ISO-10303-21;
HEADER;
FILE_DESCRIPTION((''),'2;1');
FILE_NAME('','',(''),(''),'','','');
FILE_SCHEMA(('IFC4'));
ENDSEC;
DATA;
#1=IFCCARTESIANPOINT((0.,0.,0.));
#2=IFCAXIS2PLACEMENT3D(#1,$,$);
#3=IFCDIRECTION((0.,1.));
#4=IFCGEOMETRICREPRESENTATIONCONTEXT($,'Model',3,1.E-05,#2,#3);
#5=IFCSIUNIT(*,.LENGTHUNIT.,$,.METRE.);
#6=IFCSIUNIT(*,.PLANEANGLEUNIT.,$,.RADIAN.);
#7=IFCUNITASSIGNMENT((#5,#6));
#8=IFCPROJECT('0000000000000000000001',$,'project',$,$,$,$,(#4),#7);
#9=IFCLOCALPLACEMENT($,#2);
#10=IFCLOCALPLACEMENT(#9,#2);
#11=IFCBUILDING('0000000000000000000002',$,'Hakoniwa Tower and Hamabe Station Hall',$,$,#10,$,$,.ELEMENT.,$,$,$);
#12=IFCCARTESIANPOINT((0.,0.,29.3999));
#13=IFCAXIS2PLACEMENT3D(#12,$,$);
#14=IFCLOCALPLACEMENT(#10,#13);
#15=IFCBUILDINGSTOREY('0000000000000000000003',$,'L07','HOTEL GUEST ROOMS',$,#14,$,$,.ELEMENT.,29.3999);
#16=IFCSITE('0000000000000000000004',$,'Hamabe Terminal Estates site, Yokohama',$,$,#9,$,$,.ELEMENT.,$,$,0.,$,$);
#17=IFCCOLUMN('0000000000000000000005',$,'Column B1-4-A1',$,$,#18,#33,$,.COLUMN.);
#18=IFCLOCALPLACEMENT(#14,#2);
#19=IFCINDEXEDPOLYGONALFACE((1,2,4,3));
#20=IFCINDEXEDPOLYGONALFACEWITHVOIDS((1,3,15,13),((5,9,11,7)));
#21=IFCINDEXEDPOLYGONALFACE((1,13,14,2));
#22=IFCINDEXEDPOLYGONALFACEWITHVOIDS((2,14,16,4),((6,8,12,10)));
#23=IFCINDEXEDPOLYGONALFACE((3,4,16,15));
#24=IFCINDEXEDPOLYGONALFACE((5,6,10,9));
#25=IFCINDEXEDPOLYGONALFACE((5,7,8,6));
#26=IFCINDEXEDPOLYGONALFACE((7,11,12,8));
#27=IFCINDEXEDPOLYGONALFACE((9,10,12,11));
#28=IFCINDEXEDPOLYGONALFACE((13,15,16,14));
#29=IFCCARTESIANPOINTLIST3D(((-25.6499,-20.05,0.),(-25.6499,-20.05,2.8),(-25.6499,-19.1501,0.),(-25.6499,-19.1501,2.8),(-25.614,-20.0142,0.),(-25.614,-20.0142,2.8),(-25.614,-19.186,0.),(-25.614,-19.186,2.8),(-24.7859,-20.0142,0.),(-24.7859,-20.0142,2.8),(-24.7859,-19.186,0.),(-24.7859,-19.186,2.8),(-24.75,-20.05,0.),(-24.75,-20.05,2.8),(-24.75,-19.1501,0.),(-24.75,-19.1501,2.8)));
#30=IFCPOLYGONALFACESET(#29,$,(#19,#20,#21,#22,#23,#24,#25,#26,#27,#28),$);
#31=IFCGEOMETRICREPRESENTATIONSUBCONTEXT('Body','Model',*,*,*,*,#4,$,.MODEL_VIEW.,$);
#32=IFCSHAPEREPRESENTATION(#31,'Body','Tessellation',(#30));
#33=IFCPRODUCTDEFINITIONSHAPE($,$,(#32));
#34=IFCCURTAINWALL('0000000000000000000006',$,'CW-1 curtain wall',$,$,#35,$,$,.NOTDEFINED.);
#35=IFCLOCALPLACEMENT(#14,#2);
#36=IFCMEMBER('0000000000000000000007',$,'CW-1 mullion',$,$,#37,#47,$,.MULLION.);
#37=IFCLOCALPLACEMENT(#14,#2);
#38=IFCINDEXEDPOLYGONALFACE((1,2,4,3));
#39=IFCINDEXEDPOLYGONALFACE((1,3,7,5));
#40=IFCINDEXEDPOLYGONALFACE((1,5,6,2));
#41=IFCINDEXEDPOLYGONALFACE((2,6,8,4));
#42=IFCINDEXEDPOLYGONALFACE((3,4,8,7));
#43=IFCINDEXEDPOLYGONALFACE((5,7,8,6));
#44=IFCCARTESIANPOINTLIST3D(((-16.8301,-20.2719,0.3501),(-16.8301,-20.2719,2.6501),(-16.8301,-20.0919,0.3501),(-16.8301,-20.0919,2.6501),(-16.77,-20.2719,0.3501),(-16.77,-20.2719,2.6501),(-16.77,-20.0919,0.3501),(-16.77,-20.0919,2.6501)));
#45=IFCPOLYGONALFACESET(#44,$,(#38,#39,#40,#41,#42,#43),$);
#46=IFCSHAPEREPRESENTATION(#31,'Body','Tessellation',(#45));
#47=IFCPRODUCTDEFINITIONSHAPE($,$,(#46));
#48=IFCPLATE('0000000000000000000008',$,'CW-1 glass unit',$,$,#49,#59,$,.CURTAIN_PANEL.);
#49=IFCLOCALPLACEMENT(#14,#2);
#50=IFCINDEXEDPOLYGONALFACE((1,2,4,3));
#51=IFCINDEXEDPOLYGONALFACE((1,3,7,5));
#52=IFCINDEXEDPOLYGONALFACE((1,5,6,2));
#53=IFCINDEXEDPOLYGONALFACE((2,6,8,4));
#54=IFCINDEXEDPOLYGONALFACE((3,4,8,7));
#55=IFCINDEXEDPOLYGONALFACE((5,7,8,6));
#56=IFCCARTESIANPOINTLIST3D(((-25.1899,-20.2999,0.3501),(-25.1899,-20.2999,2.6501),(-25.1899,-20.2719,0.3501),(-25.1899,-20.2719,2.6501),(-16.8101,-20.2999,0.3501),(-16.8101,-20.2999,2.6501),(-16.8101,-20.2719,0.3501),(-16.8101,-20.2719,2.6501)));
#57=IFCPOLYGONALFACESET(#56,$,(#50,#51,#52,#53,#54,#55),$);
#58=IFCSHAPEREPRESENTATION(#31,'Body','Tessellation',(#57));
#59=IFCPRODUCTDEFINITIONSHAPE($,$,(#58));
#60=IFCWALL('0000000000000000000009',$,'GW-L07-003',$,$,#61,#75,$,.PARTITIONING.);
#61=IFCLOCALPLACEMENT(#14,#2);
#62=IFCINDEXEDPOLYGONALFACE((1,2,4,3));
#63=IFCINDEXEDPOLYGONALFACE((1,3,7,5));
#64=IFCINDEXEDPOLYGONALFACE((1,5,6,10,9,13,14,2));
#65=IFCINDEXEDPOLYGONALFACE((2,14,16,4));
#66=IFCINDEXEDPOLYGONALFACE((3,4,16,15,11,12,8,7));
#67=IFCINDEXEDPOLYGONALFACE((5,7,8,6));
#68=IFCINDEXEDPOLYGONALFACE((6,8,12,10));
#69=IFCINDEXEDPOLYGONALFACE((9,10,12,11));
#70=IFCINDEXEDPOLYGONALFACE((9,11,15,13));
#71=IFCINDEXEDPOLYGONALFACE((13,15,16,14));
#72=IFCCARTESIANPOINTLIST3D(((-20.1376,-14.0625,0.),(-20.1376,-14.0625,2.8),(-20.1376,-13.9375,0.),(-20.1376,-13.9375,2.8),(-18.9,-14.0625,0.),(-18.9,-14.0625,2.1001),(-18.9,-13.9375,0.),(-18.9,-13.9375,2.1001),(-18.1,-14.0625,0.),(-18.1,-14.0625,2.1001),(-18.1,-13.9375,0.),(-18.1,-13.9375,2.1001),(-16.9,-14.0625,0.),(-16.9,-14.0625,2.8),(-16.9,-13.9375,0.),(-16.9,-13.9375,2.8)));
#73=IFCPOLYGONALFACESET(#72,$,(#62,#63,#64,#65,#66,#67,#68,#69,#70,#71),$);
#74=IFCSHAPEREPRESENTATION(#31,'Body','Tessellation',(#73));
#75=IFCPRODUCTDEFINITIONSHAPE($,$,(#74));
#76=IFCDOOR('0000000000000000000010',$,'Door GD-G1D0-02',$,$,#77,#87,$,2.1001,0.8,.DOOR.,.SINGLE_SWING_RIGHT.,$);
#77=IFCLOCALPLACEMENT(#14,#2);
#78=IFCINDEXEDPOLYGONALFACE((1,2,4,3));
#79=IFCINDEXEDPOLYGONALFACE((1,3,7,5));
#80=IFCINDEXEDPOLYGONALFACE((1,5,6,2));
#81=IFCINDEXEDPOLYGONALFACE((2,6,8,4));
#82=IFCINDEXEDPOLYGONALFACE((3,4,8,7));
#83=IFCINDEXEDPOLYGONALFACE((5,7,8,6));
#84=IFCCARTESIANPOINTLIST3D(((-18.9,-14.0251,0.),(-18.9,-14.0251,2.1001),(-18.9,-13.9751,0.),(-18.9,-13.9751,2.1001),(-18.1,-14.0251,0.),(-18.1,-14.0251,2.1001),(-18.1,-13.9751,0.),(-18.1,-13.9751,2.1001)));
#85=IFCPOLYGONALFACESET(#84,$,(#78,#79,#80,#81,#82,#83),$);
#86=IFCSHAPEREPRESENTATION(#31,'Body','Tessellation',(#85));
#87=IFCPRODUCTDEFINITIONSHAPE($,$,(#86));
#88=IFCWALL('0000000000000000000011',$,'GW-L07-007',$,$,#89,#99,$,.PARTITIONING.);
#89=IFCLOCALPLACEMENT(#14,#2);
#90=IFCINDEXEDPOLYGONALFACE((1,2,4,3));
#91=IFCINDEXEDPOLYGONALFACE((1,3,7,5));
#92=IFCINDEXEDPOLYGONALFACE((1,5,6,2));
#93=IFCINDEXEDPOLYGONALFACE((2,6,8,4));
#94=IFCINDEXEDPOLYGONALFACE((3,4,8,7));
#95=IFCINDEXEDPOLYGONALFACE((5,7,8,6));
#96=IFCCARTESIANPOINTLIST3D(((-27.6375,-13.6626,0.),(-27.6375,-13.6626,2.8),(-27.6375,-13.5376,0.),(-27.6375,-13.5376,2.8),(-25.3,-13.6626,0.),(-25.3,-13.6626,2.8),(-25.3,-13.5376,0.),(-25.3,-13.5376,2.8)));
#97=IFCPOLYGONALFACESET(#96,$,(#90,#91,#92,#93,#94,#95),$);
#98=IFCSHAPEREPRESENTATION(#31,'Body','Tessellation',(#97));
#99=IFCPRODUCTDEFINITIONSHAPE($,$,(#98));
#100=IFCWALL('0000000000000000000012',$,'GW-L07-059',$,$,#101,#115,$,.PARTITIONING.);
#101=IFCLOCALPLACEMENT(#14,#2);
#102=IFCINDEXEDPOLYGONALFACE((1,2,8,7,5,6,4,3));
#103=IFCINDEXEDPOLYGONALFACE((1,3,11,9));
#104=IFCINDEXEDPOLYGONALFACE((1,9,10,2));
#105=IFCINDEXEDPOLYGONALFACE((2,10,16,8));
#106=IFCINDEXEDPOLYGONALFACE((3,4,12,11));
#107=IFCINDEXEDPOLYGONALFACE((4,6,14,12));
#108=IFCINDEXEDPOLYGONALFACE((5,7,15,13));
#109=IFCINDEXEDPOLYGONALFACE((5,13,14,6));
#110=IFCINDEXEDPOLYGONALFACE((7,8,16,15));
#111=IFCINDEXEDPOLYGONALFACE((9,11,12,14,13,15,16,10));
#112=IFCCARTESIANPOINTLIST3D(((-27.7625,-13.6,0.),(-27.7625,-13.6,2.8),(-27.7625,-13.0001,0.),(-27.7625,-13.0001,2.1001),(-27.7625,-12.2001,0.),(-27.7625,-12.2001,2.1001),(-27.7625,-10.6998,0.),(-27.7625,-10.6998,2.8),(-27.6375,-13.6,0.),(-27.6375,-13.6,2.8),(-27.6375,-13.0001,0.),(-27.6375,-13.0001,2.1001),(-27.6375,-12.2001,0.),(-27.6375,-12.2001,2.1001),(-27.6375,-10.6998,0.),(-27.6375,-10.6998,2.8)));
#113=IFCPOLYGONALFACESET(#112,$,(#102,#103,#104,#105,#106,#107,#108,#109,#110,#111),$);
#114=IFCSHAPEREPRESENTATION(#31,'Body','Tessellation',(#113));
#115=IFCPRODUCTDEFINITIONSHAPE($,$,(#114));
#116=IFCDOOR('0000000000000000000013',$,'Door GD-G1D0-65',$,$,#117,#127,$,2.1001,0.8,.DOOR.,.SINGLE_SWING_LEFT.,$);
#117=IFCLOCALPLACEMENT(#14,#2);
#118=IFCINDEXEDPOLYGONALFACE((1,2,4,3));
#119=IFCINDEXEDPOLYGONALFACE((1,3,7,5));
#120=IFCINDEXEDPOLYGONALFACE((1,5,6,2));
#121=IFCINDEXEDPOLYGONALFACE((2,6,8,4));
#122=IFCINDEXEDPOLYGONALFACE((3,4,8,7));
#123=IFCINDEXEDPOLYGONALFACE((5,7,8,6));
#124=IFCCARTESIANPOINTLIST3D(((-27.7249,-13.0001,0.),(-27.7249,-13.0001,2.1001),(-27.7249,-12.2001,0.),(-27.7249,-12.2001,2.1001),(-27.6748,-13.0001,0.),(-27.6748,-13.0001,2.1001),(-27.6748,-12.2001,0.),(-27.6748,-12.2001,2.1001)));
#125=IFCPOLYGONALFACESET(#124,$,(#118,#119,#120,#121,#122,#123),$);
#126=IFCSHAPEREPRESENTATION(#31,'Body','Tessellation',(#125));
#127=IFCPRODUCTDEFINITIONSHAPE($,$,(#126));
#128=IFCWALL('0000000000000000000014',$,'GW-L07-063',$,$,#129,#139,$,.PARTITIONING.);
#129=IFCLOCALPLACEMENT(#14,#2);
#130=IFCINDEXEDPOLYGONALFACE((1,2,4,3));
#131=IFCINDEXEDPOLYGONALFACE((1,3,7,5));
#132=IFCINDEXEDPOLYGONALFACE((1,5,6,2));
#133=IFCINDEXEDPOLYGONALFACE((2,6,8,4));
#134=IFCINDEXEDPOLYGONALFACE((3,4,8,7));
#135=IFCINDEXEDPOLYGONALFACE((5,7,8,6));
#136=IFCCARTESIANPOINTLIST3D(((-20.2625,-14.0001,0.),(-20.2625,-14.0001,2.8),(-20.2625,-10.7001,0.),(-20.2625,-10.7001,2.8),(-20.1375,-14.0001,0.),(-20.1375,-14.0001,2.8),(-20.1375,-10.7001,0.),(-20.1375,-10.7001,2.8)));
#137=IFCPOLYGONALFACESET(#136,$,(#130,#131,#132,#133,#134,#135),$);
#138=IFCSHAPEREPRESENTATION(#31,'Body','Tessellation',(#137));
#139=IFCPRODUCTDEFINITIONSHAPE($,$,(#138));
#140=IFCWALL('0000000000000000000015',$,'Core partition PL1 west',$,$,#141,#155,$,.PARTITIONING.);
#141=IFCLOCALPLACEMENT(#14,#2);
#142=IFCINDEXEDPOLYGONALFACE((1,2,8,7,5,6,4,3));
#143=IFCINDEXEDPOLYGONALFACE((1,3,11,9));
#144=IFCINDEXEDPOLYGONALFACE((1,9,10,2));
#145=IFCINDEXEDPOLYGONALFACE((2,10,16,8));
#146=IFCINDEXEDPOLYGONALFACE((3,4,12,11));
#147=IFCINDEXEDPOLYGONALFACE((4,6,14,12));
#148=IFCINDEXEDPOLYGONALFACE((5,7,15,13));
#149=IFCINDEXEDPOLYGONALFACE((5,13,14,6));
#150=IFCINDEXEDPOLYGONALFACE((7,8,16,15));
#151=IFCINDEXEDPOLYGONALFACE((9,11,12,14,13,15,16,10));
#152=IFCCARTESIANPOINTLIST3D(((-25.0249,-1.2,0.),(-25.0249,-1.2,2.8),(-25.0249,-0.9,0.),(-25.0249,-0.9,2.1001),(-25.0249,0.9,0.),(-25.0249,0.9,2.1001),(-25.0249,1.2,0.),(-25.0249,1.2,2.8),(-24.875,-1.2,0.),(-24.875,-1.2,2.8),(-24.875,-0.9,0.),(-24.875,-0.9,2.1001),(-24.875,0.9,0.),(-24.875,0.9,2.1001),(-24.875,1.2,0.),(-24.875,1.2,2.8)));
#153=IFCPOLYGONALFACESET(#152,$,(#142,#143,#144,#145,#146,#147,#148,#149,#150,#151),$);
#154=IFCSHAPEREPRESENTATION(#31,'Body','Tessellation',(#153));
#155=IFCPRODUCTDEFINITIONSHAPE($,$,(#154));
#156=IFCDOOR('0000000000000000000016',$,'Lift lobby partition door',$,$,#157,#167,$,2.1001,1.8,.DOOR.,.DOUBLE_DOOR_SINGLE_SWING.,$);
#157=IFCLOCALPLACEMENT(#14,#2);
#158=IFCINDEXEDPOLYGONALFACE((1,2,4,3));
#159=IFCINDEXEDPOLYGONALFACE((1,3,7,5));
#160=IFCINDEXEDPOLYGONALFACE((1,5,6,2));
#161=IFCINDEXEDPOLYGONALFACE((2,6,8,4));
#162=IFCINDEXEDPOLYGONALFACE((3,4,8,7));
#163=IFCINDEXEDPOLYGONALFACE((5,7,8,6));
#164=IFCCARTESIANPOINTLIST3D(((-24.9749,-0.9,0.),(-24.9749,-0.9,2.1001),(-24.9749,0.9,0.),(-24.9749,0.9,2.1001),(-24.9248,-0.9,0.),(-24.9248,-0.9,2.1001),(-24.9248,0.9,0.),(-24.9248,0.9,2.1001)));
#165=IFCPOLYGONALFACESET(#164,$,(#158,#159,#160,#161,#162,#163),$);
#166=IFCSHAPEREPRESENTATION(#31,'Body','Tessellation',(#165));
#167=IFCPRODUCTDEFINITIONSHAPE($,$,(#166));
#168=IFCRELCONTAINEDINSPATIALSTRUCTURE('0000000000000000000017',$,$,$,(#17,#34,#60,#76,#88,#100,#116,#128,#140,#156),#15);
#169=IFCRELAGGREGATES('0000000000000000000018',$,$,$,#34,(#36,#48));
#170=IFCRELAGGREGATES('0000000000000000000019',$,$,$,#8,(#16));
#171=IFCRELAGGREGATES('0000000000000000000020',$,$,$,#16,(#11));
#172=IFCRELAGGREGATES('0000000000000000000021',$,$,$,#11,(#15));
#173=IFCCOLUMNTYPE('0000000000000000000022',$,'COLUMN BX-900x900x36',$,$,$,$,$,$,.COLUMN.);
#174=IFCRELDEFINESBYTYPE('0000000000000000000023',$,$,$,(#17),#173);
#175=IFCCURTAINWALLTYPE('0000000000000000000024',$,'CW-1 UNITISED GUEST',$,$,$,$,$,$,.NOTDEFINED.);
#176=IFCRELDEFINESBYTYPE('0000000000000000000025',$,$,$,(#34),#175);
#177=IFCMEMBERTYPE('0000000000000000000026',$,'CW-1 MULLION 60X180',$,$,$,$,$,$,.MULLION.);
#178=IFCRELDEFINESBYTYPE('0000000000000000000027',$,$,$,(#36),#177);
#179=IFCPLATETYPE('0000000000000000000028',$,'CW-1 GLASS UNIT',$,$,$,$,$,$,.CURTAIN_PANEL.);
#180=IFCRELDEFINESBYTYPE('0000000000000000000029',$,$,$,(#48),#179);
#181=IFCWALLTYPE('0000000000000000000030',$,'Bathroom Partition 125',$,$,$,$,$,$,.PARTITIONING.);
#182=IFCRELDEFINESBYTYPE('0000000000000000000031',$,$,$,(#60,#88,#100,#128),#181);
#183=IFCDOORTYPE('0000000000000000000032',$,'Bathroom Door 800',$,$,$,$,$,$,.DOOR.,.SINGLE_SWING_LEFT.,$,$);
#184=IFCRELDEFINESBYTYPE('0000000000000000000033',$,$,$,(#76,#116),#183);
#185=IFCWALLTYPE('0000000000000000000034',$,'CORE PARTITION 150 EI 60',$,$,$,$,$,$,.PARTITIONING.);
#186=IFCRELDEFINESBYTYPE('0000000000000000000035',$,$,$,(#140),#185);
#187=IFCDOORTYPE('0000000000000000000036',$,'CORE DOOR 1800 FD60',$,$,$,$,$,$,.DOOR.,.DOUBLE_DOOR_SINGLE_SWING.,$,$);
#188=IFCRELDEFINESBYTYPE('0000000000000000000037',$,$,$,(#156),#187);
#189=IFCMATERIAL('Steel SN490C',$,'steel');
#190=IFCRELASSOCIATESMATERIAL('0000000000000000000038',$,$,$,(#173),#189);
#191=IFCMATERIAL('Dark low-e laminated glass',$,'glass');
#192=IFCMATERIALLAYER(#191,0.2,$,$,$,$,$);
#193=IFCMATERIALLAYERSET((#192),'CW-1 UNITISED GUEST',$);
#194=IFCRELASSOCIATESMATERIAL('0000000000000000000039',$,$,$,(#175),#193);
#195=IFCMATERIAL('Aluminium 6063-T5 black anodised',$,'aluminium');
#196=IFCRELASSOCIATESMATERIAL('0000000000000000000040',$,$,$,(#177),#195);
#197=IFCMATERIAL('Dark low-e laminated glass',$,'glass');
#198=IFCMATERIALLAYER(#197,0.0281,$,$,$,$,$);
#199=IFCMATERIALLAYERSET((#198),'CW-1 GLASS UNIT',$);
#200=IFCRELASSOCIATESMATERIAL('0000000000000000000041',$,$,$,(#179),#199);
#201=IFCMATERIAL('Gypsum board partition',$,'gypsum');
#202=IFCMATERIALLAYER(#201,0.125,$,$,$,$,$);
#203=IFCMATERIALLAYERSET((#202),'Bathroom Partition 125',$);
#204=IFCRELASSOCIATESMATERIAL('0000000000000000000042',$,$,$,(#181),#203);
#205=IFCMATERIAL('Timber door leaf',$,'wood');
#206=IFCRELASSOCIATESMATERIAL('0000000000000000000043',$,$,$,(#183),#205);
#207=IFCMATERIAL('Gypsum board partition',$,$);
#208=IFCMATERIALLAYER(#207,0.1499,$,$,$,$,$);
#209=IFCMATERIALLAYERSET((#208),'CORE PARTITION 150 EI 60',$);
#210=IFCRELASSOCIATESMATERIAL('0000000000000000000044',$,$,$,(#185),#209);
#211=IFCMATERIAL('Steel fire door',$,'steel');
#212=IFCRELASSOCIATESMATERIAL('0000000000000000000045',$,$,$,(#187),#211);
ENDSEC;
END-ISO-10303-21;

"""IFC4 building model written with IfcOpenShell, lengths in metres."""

from ifc_helpers import new_model, si_unit, direction, frame, frame_2d, origin, origin_2d, place, context, subcontext, project, spatial, rectangle, hollow_rectangle, extrude, material, layer, layer_set, material_profile, profile_set, type_object, element, fill, aggregate, save


model = new_model("IFC4")

# Units and contexts
model_context = context("Model", 3, precision=1e-05, world=origin(), true_north=direction((0.0, 1.0)))
body_context = subcontext(model_context, "Body", "Model", "MODEL_VIEW")
ifc_project = project(units=[si_unit("LENGTHUNIT", "METRE"), si_unit("PLANEANGLEUNIT", "RADIAN")], contexts=[model_context])

# Site, building, storey
site_placement = place(None, origin())
site = spatial("IfcSite", under=ifc_project, at=site_placement, Name="Hamabe Terminal Estates site, Yokohama", CompositionType="ELEMENT", RefElevation=0.0)
building_placement = place(site_placement, origin())
building = spatial("IfcBuilding", under=site, at=building_placement, Name="Hakoniwa Tower and Hamabe Station Hall", CompositionType="ELEMENT")
storey_placement = place(building_placement, frame((0.0, 0.0, 29.3999)))
storey = spatial("IfcBuildingStorey", under=building, at=storey_placement, Name="L07", Description="HOTEL GUEST ROOMS", CompositionType="ELEMENT", Elevation=29.3999)

# Column
ifc_material_1 = material(Name="Steel SN490C", Category="steel")
ifc_material_profile_1 = material_profile(ifc_material_1, hollow_rectangle(XDim=0.8999, YDim=0.8999, WallThickness=0.0359, at=origin_2d()), Name="BX-900x900x36")
ifc_profile_set_1 = profile_set([ifc_material_profile_1], Name="Steel SN490C")
column_type = type_object("IfcColumnType", Name="COLUMN BX-900x900x36", PredefinedType="COLUMN", material=ifc_profile_set_1)
column_placement = place(storey_placement, frame((-25.2, -19.6001, 0.0), z_axis=(0.0, 0.0, 1.0), x_axis=(1.0, 0.0, 0.0)))
element("IfcColumn", 1, at=column_placement, inside=storey, type_object=column_type, Name="Column B1-4-A1", PredefinedType="COLUMN", context=body_context, shape_type="SweptSolid", body=[
    extrude(hollow_rectangle(XDim=0.8999, YDim=0.8999, WallThickness=0.0359, at=origin_2d()), origin(), (0.0, 0.0, 1.0), 2.8),
])

# Curtain wall, member, plate
ifc_material_2 = material(Name="Dark low-e laminated glass", Category="glass")
ifc_layer_1 = layer(ifc_material_2, 0.2)
ifc_layer_set_1 = layer_set([ifc_layer_1], Name="CW-1 UNITISED GUEST")
curtain_wall_type = type_object("IfcCurtainWallType", Name="CW-1 UNITISED GUEST", PredefinedType="NOTDEFINED", material=ifc_layer_set_1)
curtain_wall_placement = place(storey_placement, origin())
curtain_wall = element("IfcCurtainWall", 2, at=curtain_wall_placement, inside=storey, type_object=curtain_wall_type, Name="CW-1 curtain wall", PredefinedType="NOTDEFINED")
ifc_material_3 = material(Name="Aluminium 6063-T5 black anodised", Category="aluminium")
ifc_material_profile_2 = material_profile(ifc_material_3, rectangle(XDim=0.0601, YDim=0.1799, at=origin_2d()), Name="CW-1 MULLION 60X180")
ifc_profile_set_2 = profile_set([ifc_material_profile_2], Name="Aluminium 6063-T5 black anodised")
member_type = type_object("IfcMemberType", Name="CW-1 MULLION 60X180", PredefinedType="MULLION", material=ifc_profile_set_2)
member_placement = place(storey_placement, frame((-16.8, -20.1819, 0.3501), z_axis=(0.0, 0.0, 1.0), x_axis=(1.0, 0.0, 0.0)))
member = element("IfcMember", 3, at=member_placement, type_object=member_type, Name="CW-1 mullion", PredefinedType="MULLION", context=body_context, shape_type="SweptSolid", body=[
    extrude(rectangle(XDim=0.0601, YDim=0.1799, at=origin_2d()), origin(), (0.0, 0.0, 1.0), 2.3),
])
ifc_material_4 = material(Name="Dark low-e laminated glass", Category="glass")
ifc_layer_2 = layer(ifc_material_4, 0.0281)
ifc_layer_set_2 = layer_set([ifc_layer_2], Name="CW-1 GLASS UNIT")
plate_type = type_object("IfcPlateType", Name="CW-1 GLASS UNIT", PredefinedType="CURTAIN_PANEL", material=ifc_layer_set_2)
plate_placement = place(storey_placement, frame((-21.0, -20.2859, 0.3501), z_axis=(0.0, 0.0, 1.0), x_axis=(1.0, 0.0, 0.0)))
plate = element("IfcPlate", 4, at=plate_placement, type_object=plate_type, Name="CW-1 glass unit", PredefinedType="CURTAIN_PANEL", context=body_context, shape_type="SweptSolid", body=[
    extrude(rectangle(XDim=8.3799, YDim=0.0281, at=origin_2d()), origin(), (0.0, 0.0, 1.0), 2.3),
])
aggregate(curtain_wall, [member, plate])

# Wall, opening, door
ifc_material_5 = material(Name="Gypsum board partition", Category="gypsum")
ifc_layer_3 = layer(ifc_material_5, 0.125)
ifc_layer_set_3 = layer_set([ifc_layer_3], Name="Bathroom Partition 125")
wall_type_1 = type_object("IfcWallType", Name="Bathroom Partition 125", PredefinedType="PARTITIONING", material=ifc_layer_set_3)
wall_1_placement = place(storey_placement, frame((-20.1375, -14.0, 0.0), z_axis=(0.0, 0.0, 1.0), x_axis=(1.0, 0.0, 0.0)))
wall_1 = element("IfcWall", 5, at=wall_1_placement, inside=storey, type_object=wall_type_1, Name="GW-L07-003", PredefinedType="PARTITIONING", context=body_context, shape_type="SweptSolid", body=[
    extrude(rectangle(XDim=3.2375, YDim=0.125, at=frame_2d((1.6187, 0.0))), origin(), (0.0, 0.0, 1.0), 2.8),
])
opening_1_placement = place(wall_1_placement, frame((1.2375, 0.0, 0.0)))
opening_1 = element("IfcOpeningElement", 6, at=opening_1_placement, cuts=wall_1, PredefinedType="OPENING", context=body_context, shape_type="SweptSolid", body=[
    extrude(rectangle(XDim=0.8, YDim=2.1001, at=frame_2d((0.3999, 1.05))), frame((0.0, 0.0725, 0.0), z_axis=(0.0, -1.0, 0.0), x_axis=(1.0, 0.0, 0.0)), (0.0, 0.0, 1.0), 0.145),
])
ifc_material_6 = material(Name="Timber door leaf", Category="wood")
door_type_1 = type_object("IfcDoorType", Name="Bathroom Door 800", OperationType="SINGLE_SWING_LEFT", PredefinedType="DOOR", material=ifc_material_6)
door_1_placement = place(opening_1_placement, origin())
door_1 = element("IfcDoor", 7, at=door_1_placement, inside=storey, type_object=door_type_1, Name="Door GD-G1D0-02", OperationType="SINGLE_SWING_RIGHT", OverallHeight=2.1001, OverallWidth=0.8, PredefinedType="DOOR", context=body_context, shape_type="SweptSolid", body=[
    extrude(rectangle(XDim=0.8, YDim=2.1001, at=frame_2d((0.3999, 1.05))), frame((0.0, 0.0249, 0.0), z_axis=(0.0, -1.0, 0.0), x_axis=(1.0, 0.0, 0.0)), (0.0, 0.0, 1.0), 0.05),
])
fill(opening_1, door_1)

# Wall
wall_2_placement = place(storey_placement, frame((-27.6375, -13.6001, 0.0), z_axis=(0.0, 0.0, 1.0), x_axis=(1.0, 0.0, 0.0)))
element("IfcWall", 8, at=wall_2_placement, inside=storey, type_object=wall_type_1, Name="GW-L07-007", PredefinedType="PARTITIONING", context=body_context, shape_type="SweptSolid", body=[
    extrude(rectangle(XDim=2.3374, YDim=0.125, at=frame_2d((1.1687, 0.0))), origin(), (0.0, 0.0, 1.0), 2.8),
])

# Wall, opening, door
wall_3_placement = place(storey_placement, frame((-27.7, -13.6001, 0.0), z_axis=(0.0, 0.0, 1.0), x_axis=(0.0, 1.0, 0.0)))
wall_3 = element("IfcWall", 9, at=wall_3_placement, inside=storey, type_object=wall_type_1, Name="GW-L07-059", PredefinedType="PARTITIONING", context=body_context, shape_type="SweptSolid", body=[
    extrude(rectangle(XDim=2.9001, YDim=0.125, at=frame_2d((1.4502, 0.0))), origin(), (0.0, 0.0, 1.0), 2.8),
])
opening_2_placement = place(wall_3_placement, frame((0.6001, 0.0, 0.0)))
opening_2 = element("IfcOpeningElement", 10, at=opening_2_placement, cuts=wall_3, PredefinedType="OPENING", context=body_context, shape_type="SweptSolid", body=[
    extrude(rectangle(XDim=0.8, YDim=2.1001, at=frame_2d((0.3999, 1.05))), frame((0.0, 0.0725, 0.0), z_axis=(0.0, -1.0, 0.0), x_axis=(1.0, 0.0, 0.0)), (0.0, 0.0, 1.0), 0.145),
])
door_2_placement = place(opening_2_placement, origin())
door_2 = element("IfcDoor", 11, at=door_2_placement, inside=storey, type_object=door_type_1, Name="Door GD-G1D0-65", OperationType="SINGLE_SWING_LEFT", OverallHeight=2.1001, OverallWidth=0.8, PredefinedType="DOOR", context=body_context, shape_type="SweptSolid", body=[
    extrude(rectangle(XDim=0.8, YDim=2.1001, at=frame_2d((0.3999, 1.05))), frame((0.0, 0.0249, 0.0), z_axis=(0.0, -1.0, 0.0), x_axis=(1.0, 0.0, 0.0)), (0.0, 0.0, 1.0), 0.05),
])
fill(opening_2, door_2)

# Wall
wall_4_placement = place(storey_placement, frame((-20.2, -14.0, 0.0), z_axis=(0.0, 0.0, 1.0), x_axis=(0.0, 1.0, 0.0)))
element("IfcWall", 12, at=wall_4_placement, inside=storey, type_object=wall_type_1, Name="GW-L07-063", PredefinedType="PARTITIONING", context=body_context, shape_type="SweptSolid", body=[
    extrude(rectangle(XDim=3.3, YDim=0.125, at=frame_2d((1.6499, 0.0))), origin(), (0.0, 0.0, 1.0), 2.8),
])

# Wall, opening, door
ifc_material_7 = material(Name="Gypsum board partition")
ifc_layer_4 = layer(ifc_material_7, 0.1499)
ifc_layer_set_4 = layer_set([ifc_layer_4], Name="CORE PARTITION 150 EI 60")
wall_type_2 = type_object("IfcWallType", Name="CORE PARTITION 150 EI 60", PredefinedType="PARTITIONING", material=ifc_layer_set_4)
wall_5_placement = place(storey_placement, frame((-24.95, -1.2, 0.0), z_axis=(0.0, 0.0, 1.0), x_axis=(0.0, 1.0, 0.0)))
wall_5 = element("IfcWall", 13, at=wall_5_placement, inside=storey, type_object=wall_type_2, Name="Core partition PL1 west", PredefinedType="PARTITIONING", context=body_context, shape_type="SweptSolid", body=[
    extrude(rectangle(XDim=2.3999, YDim=0.1499, at=frame_2d((1.2, 0.0))), origin(), (0.0, 0.0, 1.0), 2.8),
])
opening_3_placement = place(wall_5_placement, frame((0.3, 0.0, 0.0)))
opening_3 = element("IfcOpeningElement", 14, at=opening_3_placement, cuts=wall_5, PredefinedType="OPENING", context=body_context, shape_type="SweptSolid", body=[
    extrude(rectangle(XDim=1.8, YDim=2.1001, at=frame_2d((0.8999, 1.05))), frame((0.0, 0.085, 0.0), z_axis=(0.0, -1.0, 0.0), x_axis=(1.0, 0.0, 0.0)), (0.0, 0.0, 1.0), 0.1699),
])
ifc_material_8 = material(Name="Steel fire door", Category="steel")
door_type_2 = type_object("IfcDoorType", Name="CORE DOOR 1800 FD60", OperationType="DOUBLE_DOOR_SINGLE_SWING", PredefinedType="DOOR", material=ifc_material_8)
door_3_placement = place(opening_3_placement, origin())
door_3 = element("IfcDoor", 15, at=door_3_placement, inside=storey, type_object=door_type_2, Name="Lift lobby partition door", OperationType="DOUBLE_DOOR_SINGLE_SWING", OverallHeight=2.1001, OverallWidth=1.8, PredefinedType="DOOR", context=body_context, shape_type="SweptSolid", body=[
    extrude(rectangle(XDim=1.8, YDim=2.1001, at=frame_2d((0.8999, 1.05))), frame((0.0, 0.0249, 0.0), z_axis=(0.0, -1.0, 0.0), x_axis=(1.0, 0.0, 0.0)), (0.0, 0.0, 1.0), 0.05),
])
fill(opening_3, door_3)

save(model, "model.ifc")
